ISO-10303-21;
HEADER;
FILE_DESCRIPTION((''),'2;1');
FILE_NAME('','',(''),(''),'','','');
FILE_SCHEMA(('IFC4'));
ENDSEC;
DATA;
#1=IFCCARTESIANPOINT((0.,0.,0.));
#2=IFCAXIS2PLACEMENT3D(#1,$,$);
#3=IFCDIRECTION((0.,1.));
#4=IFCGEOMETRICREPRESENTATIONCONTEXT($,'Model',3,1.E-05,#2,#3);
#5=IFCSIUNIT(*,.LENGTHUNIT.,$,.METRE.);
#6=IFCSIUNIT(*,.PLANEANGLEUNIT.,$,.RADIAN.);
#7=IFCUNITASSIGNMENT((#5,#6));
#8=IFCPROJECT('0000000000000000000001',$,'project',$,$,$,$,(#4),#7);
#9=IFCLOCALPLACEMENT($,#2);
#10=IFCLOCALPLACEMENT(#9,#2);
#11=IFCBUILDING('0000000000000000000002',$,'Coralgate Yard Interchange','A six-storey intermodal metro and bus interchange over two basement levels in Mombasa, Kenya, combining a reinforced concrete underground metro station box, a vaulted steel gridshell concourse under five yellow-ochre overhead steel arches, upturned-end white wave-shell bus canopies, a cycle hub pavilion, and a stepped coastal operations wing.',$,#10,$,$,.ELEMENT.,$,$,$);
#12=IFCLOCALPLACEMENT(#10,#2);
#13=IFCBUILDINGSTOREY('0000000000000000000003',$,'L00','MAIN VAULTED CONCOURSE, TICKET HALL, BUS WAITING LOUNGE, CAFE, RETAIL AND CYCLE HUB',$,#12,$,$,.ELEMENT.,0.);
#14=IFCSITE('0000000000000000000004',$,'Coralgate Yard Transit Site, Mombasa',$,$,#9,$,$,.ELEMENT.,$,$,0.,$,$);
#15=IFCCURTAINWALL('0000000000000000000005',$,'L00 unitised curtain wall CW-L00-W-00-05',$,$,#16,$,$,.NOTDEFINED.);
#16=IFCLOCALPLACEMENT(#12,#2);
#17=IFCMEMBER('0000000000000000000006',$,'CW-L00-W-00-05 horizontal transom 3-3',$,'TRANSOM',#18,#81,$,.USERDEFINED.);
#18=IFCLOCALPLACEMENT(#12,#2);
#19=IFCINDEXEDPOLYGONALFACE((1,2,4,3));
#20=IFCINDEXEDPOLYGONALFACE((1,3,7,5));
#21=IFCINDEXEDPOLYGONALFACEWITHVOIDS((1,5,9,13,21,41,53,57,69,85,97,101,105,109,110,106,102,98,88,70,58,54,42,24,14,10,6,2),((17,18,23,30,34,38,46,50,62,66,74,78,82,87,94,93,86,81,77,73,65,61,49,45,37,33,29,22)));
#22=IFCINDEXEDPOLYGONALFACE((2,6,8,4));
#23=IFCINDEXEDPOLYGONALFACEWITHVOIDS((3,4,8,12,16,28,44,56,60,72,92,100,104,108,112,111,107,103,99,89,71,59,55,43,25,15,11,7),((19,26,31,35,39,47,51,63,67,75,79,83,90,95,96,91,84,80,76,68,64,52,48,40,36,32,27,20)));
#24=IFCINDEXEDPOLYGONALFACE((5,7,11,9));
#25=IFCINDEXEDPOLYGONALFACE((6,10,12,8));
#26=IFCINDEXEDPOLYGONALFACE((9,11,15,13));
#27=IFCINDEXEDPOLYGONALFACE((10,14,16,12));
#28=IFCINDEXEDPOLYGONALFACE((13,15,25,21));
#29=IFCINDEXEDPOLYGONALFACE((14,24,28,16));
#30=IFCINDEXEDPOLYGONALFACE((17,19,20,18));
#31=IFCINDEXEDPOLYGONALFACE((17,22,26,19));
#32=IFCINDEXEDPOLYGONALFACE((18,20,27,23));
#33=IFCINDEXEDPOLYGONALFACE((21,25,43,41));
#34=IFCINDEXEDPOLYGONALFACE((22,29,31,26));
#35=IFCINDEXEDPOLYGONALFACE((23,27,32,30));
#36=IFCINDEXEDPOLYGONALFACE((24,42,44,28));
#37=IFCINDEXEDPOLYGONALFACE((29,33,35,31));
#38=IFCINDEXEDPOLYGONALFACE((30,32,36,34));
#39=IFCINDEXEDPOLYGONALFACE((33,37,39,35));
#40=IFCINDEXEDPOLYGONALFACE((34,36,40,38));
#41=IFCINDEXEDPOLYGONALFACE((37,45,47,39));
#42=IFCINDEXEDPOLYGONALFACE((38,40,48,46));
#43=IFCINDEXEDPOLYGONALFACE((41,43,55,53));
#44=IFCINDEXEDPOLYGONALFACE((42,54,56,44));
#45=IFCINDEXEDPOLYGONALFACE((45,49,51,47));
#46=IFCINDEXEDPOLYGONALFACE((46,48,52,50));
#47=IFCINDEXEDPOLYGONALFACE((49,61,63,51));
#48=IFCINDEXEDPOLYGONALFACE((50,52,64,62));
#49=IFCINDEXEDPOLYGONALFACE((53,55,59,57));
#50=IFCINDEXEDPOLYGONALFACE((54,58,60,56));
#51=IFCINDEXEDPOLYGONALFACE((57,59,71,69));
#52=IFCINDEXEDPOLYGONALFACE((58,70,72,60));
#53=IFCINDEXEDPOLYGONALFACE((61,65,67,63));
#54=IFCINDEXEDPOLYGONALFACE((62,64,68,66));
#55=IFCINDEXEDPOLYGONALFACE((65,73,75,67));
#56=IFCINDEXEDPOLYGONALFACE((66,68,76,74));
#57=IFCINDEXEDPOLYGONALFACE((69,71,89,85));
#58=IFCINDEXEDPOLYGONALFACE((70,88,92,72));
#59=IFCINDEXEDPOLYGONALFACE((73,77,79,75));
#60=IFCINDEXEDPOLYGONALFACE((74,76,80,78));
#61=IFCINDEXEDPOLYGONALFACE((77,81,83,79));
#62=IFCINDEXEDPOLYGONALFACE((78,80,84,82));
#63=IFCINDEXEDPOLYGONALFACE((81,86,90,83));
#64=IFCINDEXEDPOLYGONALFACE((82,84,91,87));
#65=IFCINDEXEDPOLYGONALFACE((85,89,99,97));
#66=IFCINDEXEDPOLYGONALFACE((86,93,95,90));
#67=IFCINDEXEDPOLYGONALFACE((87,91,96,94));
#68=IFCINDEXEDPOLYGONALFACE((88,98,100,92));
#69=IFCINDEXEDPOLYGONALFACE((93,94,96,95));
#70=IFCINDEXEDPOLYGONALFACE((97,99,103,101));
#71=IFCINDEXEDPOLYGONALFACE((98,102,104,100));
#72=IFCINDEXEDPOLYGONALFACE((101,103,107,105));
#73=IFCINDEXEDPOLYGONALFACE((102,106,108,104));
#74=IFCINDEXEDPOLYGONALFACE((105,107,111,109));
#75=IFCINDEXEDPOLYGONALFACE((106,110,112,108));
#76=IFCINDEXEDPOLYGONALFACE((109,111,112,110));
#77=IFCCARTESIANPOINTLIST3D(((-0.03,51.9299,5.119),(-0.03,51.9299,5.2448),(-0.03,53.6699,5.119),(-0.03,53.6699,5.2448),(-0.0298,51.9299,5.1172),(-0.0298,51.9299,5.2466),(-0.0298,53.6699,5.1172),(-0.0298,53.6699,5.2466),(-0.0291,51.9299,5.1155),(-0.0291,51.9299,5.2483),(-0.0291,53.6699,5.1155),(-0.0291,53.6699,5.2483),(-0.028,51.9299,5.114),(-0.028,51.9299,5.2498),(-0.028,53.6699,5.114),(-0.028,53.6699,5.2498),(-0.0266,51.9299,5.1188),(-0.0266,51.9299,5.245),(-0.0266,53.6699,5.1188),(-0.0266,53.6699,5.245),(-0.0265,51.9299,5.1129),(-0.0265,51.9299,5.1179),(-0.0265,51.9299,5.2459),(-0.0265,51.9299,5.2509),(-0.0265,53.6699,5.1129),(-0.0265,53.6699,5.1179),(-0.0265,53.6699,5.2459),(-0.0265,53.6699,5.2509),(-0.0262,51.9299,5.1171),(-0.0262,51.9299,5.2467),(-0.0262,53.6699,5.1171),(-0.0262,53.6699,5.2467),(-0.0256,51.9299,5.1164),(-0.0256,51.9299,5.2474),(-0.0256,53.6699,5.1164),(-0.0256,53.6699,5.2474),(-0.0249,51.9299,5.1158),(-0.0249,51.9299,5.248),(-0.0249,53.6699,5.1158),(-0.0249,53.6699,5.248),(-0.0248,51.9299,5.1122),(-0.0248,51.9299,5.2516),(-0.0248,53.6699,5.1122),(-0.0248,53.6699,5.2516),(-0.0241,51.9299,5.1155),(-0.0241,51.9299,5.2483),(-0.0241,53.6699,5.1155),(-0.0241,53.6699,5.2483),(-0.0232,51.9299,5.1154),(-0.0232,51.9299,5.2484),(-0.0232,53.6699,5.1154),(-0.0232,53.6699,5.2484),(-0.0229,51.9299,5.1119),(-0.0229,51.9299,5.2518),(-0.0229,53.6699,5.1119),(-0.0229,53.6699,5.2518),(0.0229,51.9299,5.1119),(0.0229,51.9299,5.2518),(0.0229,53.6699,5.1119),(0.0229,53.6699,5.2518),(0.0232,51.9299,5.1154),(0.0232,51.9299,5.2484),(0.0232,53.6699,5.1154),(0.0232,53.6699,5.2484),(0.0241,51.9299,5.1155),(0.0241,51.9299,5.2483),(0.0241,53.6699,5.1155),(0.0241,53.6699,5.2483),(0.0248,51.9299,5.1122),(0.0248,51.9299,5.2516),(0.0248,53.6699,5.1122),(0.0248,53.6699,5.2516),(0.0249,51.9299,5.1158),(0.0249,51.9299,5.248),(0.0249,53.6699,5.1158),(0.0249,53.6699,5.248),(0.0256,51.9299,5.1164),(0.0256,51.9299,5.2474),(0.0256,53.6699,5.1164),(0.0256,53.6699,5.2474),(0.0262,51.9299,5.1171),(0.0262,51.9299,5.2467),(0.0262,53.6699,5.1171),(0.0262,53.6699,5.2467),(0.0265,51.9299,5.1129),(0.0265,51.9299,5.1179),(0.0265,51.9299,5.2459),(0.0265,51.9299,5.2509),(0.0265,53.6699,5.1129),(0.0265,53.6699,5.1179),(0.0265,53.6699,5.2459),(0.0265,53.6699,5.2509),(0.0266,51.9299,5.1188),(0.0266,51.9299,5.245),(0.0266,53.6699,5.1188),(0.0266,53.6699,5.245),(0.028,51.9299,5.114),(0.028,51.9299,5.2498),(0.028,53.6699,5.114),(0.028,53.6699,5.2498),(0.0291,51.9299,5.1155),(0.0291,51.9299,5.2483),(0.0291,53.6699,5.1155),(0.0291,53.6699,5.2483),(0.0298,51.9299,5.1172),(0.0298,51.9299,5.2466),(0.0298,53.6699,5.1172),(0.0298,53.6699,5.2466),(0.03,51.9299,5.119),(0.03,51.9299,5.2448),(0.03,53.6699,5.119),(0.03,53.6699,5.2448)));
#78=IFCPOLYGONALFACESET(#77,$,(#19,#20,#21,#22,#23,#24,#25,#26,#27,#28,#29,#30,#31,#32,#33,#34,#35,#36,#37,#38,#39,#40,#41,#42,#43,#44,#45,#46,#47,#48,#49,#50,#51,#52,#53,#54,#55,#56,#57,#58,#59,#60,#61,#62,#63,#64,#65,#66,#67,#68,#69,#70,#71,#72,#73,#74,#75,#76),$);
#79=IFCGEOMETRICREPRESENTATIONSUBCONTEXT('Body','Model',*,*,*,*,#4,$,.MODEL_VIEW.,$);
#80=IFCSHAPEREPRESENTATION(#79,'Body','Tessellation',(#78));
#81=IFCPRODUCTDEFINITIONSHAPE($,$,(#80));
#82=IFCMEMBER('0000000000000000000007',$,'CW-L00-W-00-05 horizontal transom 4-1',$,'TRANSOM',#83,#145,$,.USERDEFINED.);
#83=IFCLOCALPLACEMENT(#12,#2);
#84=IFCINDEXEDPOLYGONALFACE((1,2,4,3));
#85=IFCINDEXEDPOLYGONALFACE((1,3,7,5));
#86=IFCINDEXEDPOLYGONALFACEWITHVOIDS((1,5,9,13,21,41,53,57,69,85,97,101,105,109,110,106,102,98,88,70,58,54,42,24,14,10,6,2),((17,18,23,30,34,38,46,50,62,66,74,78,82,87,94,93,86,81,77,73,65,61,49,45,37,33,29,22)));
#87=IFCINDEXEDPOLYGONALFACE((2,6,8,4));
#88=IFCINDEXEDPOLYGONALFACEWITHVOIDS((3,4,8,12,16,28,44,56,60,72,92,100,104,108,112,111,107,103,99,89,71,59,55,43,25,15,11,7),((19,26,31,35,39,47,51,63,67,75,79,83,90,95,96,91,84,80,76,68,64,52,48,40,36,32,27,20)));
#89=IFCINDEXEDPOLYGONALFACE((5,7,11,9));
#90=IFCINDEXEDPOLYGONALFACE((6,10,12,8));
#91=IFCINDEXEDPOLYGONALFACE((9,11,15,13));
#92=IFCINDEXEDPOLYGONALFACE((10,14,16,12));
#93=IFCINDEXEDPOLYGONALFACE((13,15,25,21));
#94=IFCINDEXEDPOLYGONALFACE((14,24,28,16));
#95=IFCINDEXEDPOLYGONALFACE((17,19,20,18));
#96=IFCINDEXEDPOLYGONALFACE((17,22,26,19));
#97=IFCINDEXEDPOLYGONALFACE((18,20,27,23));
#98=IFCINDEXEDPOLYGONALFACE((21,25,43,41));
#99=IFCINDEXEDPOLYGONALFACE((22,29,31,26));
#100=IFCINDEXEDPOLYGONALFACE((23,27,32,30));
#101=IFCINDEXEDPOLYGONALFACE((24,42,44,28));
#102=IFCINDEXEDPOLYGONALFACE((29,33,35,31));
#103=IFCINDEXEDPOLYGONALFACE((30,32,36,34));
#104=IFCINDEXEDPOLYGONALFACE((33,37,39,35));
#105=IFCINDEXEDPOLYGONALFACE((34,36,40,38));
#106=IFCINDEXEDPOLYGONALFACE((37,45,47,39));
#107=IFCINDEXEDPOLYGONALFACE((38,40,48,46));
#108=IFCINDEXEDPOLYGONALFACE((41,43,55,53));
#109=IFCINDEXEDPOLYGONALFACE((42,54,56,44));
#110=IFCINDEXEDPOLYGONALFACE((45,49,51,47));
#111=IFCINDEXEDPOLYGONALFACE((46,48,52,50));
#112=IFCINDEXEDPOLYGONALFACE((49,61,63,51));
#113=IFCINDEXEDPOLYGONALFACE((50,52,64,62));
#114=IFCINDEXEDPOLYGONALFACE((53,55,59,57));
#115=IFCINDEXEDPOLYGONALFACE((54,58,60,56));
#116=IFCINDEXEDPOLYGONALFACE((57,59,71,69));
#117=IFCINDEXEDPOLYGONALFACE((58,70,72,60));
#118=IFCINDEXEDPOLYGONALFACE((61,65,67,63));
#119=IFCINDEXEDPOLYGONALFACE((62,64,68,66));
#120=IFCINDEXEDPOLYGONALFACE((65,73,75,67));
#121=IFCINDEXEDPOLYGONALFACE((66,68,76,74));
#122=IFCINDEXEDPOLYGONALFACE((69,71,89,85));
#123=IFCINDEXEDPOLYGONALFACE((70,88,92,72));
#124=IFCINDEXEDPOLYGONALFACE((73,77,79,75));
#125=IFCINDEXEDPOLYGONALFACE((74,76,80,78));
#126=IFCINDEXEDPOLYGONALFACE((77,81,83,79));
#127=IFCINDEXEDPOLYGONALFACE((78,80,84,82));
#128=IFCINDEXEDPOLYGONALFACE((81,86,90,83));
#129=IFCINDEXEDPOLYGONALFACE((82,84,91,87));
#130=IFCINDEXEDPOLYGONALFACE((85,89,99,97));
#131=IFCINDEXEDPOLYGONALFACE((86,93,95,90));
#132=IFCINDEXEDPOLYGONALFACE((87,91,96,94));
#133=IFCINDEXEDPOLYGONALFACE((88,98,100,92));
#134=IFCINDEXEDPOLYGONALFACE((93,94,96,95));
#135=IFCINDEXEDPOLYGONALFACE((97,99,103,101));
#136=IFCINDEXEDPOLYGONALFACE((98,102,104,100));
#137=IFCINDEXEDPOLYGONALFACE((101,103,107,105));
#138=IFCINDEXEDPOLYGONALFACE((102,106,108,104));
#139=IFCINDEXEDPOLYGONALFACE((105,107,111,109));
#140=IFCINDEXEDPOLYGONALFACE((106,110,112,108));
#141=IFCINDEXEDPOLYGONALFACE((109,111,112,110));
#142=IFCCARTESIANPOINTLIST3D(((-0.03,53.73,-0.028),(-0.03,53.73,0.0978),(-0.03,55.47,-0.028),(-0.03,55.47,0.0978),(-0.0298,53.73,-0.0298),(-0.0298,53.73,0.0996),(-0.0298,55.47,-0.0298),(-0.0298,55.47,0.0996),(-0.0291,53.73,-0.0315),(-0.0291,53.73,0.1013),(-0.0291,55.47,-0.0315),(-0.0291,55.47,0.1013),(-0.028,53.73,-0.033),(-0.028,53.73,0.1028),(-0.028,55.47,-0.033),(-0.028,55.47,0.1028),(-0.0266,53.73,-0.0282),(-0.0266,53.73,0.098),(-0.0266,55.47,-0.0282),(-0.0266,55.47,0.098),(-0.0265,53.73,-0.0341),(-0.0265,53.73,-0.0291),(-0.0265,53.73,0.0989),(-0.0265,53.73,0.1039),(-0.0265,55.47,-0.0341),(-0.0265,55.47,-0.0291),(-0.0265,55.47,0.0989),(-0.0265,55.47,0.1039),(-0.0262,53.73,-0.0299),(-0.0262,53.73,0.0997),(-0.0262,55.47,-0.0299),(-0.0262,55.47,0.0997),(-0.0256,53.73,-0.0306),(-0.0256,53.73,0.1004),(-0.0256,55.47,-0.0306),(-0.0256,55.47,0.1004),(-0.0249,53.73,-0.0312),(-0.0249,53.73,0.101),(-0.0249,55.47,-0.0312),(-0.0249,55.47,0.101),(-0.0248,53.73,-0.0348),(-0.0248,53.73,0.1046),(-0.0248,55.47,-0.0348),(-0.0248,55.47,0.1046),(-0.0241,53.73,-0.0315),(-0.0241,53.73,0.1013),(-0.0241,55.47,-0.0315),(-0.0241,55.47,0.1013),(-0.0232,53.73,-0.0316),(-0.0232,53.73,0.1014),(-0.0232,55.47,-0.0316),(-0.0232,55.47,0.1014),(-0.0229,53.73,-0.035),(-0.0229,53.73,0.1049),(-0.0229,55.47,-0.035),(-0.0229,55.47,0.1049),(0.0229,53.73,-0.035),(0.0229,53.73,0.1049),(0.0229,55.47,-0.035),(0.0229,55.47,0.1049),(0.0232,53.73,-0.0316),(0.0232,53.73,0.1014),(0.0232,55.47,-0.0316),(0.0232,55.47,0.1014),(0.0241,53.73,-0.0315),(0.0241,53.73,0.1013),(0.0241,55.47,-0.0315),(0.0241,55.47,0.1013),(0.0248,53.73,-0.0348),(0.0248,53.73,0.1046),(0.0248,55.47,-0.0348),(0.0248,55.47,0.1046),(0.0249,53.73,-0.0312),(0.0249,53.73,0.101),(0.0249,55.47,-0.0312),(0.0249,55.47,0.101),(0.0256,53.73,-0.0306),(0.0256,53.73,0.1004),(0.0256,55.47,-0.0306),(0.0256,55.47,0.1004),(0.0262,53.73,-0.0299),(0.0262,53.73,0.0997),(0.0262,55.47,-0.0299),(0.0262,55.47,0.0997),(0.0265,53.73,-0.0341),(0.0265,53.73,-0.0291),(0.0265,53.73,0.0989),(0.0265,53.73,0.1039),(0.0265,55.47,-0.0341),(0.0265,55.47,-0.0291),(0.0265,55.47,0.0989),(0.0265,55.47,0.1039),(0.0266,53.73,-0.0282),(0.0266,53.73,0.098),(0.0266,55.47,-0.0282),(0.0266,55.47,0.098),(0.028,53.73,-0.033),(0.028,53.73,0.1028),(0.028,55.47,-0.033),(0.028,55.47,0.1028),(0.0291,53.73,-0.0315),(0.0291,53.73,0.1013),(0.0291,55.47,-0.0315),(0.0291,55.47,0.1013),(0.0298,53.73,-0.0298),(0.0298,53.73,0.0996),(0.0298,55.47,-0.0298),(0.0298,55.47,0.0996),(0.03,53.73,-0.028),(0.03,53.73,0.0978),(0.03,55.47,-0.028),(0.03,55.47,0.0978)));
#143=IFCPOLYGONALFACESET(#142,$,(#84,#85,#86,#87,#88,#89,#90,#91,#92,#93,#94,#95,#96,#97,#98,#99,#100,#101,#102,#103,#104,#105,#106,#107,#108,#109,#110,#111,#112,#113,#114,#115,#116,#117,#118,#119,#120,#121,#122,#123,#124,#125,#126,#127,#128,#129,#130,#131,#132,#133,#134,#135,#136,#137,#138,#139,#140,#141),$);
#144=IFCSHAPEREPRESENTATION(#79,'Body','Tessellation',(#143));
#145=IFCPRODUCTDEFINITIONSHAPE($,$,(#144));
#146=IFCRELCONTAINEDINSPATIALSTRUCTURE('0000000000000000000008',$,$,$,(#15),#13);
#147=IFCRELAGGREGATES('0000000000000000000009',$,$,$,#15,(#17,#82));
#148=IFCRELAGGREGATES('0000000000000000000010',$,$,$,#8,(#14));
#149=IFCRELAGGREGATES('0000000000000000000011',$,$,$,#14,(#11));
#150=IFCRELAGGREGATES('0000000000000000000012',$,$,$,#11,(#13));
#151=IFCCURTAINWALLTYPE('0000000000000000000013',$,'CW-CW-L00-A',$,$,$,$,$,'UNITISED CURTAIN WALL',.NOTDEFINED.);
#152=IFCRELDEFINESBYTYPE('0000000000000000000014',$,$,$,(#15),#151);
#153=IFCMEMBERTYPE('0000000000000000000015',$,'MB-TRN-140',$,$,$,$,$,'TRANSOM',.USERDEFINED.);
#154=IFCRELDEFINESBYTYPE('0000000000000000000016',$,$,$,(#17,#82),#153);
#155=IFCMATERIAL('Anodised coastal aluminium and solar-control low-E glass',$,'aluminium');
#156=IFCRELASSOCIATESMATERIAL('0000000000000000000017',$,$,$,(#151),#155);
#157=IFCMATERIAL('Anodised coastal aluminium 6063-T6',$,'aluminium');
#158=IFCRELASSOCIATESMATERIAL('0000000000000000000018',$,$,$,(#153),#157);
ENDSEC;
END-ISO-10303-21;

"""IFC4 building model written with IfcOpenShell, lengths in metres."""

from ifc_helpers import new_model, si_unit, direction, frame, origin, origin_2d, place, context, subcontext, project, spatial, hollow_rectangle, extrude, material, material_profile, profile_set, type_object, element, aggregate, save


model = new_model("IFC4")

# Units and contexts
model_context = context("Model", 3, precision=1e-05, world=origin(), true_north=direction((0.0, 1.0)))
body_context = subcontext(model_context, "Body", "Model", "MODEL_VIEW")
ifc_project = project(units=[si_unit("LENGTHUNIT", "METRE"), si_unit("PLANEANGLEUNIT", "RADIAN")], contexts=[model_context])

# Site, building, storey
site_placement = place(None, origin())
site = spatial("IfcSite", under=ifc_project, at=site_placement, Name="Coralgate Yard Transit Site, Mombasa", CompositionType="ELEMENT", RefElevation=0.0)
building_placement = place(site_placement, origin())
building = spatial("IfcBuilding", under=site, at=building_placement, Name="Coralgate Yard Interchange", Description="A six-storey intermodal metro and bus interchange over two basement levels in Mombasa, Kenya, combining a reinforced concrete underground metro station box, a vaulted steel gridshell concourse under five yellow-ochre overhead steel arches, upturned-end white wave-shell bus canopies, a cycle hub pavilion, and a stepped coastal operations wing.", CompositionType="ELEMENT")
storey_placement = place(building_placement, origin())
storey = spatial("IfcBuildingStorey", under=building, at=storey_placement, Name="L00", Description="MAIN VAULTED CONCOURSE, TICKET HALL, BUS WAITING LOUNGE, CAFE, RETAIL AND CYCLE HUB", CompositionType="ELEMENT", Elevation=0.0)

# Curtain wall, members
ifc_material_1 = material(Name="Anodised coastal aluminium and solar-control low-E glass", Category="aluminium")
curtain_wall_type = type_object("IfcCurtainWallType", Name="CW-CW-L00-A", ElementType="UNITISED CURTAIN WALL", PredefinedType="NOTDEFINED", material=ifc_material_1)
curtain_wall_placement = place(storey_placement, origin())
curtain_wall = element("IfcCurtainWall", 1, at=curtain_wall_placement, inside=storey, type_object=curtain_wall_type, Name="L00 unitised curtain wall CW-L00-W-00-05", PredefinedType="NOTDEFINED")
ifc_material_2 = material(Name="Anodised coastal aluminium 6063-T6", Category="aluminium")
ifc_material_profile_1 = material_profile(ifc_material_2, hollow_rectangle(XDim=0.0601, YDim=0.1399, WallThickness=0.0034, InnerFilletRadius=0.0034, OuterFilletRadius=0.0071, at=origin_2d()), Name="ALU 60x140x3.5")
ifc_profile_set_1 = profile_set([ifc_material_profile_1], Name="Anodised coastal aluminium 6063-T6")
member_type_1 = type_object("IfcMemberType", Name="MB-TRN-140", ElementType="TRANSOM", PredefinedType="USERDEFINED", material=ifc_profile_set_1)
member_1_placement = place(storey_placement, frame((0.0, 51.9299, 5.1819), z_axis=(0.0, 1.0, 0.0), x_axis=(-1.0, 0.0, 0.0)))
member_1 = element("IfcMember", 2, at=member_1_placement, type_object=member_type_1, Name="CW-L00-W-00-05 horizontal transom 3-3", ObjectType="TRANSOM", PredefinedType="USERDEFINED", context=body_context, shape_type="SweptSolid", body=[
    extrude(hollow_rectangle(XDim=0.0601, YDim=0.1399, WallThickness=0.0034, InnerFilletRadius=0.0034, OuterFilletRadius=0.0071, at=origin_2d()), origin(), (0.0, 0.0, 1.0), 1.74),
])
member_2_placement = place(storey_placement, frame((0.0, 53.73, 0.0349), z_axis=(0.0, 1.0, 0.0), x_axis=(-1.0, 0.0, 0.0)))
member_2 = element("IfcMember", 3, at=member_2_placement, type_object=member_type_1, Name="CW-L00-W-00-05 horizontal transom 4-1", ObjectType="TRANSOM", PredefinedType="USERDEFINED", context=body_context, shape_type="SweptSolid", body=[
    extrude(hollow_rectangle(XDim=0.0601, YDim=0.1399, WallThickness=0.0034, InnerFilletRadius=0.0034, OuterFilletRadius=0.0071, at=origin_2d()), origin(), (0.0, 0.0, 1.0), 1.74),
])
aggregate(curtain_wall, [member_1, member_2])

save(model, "model.ifc")
